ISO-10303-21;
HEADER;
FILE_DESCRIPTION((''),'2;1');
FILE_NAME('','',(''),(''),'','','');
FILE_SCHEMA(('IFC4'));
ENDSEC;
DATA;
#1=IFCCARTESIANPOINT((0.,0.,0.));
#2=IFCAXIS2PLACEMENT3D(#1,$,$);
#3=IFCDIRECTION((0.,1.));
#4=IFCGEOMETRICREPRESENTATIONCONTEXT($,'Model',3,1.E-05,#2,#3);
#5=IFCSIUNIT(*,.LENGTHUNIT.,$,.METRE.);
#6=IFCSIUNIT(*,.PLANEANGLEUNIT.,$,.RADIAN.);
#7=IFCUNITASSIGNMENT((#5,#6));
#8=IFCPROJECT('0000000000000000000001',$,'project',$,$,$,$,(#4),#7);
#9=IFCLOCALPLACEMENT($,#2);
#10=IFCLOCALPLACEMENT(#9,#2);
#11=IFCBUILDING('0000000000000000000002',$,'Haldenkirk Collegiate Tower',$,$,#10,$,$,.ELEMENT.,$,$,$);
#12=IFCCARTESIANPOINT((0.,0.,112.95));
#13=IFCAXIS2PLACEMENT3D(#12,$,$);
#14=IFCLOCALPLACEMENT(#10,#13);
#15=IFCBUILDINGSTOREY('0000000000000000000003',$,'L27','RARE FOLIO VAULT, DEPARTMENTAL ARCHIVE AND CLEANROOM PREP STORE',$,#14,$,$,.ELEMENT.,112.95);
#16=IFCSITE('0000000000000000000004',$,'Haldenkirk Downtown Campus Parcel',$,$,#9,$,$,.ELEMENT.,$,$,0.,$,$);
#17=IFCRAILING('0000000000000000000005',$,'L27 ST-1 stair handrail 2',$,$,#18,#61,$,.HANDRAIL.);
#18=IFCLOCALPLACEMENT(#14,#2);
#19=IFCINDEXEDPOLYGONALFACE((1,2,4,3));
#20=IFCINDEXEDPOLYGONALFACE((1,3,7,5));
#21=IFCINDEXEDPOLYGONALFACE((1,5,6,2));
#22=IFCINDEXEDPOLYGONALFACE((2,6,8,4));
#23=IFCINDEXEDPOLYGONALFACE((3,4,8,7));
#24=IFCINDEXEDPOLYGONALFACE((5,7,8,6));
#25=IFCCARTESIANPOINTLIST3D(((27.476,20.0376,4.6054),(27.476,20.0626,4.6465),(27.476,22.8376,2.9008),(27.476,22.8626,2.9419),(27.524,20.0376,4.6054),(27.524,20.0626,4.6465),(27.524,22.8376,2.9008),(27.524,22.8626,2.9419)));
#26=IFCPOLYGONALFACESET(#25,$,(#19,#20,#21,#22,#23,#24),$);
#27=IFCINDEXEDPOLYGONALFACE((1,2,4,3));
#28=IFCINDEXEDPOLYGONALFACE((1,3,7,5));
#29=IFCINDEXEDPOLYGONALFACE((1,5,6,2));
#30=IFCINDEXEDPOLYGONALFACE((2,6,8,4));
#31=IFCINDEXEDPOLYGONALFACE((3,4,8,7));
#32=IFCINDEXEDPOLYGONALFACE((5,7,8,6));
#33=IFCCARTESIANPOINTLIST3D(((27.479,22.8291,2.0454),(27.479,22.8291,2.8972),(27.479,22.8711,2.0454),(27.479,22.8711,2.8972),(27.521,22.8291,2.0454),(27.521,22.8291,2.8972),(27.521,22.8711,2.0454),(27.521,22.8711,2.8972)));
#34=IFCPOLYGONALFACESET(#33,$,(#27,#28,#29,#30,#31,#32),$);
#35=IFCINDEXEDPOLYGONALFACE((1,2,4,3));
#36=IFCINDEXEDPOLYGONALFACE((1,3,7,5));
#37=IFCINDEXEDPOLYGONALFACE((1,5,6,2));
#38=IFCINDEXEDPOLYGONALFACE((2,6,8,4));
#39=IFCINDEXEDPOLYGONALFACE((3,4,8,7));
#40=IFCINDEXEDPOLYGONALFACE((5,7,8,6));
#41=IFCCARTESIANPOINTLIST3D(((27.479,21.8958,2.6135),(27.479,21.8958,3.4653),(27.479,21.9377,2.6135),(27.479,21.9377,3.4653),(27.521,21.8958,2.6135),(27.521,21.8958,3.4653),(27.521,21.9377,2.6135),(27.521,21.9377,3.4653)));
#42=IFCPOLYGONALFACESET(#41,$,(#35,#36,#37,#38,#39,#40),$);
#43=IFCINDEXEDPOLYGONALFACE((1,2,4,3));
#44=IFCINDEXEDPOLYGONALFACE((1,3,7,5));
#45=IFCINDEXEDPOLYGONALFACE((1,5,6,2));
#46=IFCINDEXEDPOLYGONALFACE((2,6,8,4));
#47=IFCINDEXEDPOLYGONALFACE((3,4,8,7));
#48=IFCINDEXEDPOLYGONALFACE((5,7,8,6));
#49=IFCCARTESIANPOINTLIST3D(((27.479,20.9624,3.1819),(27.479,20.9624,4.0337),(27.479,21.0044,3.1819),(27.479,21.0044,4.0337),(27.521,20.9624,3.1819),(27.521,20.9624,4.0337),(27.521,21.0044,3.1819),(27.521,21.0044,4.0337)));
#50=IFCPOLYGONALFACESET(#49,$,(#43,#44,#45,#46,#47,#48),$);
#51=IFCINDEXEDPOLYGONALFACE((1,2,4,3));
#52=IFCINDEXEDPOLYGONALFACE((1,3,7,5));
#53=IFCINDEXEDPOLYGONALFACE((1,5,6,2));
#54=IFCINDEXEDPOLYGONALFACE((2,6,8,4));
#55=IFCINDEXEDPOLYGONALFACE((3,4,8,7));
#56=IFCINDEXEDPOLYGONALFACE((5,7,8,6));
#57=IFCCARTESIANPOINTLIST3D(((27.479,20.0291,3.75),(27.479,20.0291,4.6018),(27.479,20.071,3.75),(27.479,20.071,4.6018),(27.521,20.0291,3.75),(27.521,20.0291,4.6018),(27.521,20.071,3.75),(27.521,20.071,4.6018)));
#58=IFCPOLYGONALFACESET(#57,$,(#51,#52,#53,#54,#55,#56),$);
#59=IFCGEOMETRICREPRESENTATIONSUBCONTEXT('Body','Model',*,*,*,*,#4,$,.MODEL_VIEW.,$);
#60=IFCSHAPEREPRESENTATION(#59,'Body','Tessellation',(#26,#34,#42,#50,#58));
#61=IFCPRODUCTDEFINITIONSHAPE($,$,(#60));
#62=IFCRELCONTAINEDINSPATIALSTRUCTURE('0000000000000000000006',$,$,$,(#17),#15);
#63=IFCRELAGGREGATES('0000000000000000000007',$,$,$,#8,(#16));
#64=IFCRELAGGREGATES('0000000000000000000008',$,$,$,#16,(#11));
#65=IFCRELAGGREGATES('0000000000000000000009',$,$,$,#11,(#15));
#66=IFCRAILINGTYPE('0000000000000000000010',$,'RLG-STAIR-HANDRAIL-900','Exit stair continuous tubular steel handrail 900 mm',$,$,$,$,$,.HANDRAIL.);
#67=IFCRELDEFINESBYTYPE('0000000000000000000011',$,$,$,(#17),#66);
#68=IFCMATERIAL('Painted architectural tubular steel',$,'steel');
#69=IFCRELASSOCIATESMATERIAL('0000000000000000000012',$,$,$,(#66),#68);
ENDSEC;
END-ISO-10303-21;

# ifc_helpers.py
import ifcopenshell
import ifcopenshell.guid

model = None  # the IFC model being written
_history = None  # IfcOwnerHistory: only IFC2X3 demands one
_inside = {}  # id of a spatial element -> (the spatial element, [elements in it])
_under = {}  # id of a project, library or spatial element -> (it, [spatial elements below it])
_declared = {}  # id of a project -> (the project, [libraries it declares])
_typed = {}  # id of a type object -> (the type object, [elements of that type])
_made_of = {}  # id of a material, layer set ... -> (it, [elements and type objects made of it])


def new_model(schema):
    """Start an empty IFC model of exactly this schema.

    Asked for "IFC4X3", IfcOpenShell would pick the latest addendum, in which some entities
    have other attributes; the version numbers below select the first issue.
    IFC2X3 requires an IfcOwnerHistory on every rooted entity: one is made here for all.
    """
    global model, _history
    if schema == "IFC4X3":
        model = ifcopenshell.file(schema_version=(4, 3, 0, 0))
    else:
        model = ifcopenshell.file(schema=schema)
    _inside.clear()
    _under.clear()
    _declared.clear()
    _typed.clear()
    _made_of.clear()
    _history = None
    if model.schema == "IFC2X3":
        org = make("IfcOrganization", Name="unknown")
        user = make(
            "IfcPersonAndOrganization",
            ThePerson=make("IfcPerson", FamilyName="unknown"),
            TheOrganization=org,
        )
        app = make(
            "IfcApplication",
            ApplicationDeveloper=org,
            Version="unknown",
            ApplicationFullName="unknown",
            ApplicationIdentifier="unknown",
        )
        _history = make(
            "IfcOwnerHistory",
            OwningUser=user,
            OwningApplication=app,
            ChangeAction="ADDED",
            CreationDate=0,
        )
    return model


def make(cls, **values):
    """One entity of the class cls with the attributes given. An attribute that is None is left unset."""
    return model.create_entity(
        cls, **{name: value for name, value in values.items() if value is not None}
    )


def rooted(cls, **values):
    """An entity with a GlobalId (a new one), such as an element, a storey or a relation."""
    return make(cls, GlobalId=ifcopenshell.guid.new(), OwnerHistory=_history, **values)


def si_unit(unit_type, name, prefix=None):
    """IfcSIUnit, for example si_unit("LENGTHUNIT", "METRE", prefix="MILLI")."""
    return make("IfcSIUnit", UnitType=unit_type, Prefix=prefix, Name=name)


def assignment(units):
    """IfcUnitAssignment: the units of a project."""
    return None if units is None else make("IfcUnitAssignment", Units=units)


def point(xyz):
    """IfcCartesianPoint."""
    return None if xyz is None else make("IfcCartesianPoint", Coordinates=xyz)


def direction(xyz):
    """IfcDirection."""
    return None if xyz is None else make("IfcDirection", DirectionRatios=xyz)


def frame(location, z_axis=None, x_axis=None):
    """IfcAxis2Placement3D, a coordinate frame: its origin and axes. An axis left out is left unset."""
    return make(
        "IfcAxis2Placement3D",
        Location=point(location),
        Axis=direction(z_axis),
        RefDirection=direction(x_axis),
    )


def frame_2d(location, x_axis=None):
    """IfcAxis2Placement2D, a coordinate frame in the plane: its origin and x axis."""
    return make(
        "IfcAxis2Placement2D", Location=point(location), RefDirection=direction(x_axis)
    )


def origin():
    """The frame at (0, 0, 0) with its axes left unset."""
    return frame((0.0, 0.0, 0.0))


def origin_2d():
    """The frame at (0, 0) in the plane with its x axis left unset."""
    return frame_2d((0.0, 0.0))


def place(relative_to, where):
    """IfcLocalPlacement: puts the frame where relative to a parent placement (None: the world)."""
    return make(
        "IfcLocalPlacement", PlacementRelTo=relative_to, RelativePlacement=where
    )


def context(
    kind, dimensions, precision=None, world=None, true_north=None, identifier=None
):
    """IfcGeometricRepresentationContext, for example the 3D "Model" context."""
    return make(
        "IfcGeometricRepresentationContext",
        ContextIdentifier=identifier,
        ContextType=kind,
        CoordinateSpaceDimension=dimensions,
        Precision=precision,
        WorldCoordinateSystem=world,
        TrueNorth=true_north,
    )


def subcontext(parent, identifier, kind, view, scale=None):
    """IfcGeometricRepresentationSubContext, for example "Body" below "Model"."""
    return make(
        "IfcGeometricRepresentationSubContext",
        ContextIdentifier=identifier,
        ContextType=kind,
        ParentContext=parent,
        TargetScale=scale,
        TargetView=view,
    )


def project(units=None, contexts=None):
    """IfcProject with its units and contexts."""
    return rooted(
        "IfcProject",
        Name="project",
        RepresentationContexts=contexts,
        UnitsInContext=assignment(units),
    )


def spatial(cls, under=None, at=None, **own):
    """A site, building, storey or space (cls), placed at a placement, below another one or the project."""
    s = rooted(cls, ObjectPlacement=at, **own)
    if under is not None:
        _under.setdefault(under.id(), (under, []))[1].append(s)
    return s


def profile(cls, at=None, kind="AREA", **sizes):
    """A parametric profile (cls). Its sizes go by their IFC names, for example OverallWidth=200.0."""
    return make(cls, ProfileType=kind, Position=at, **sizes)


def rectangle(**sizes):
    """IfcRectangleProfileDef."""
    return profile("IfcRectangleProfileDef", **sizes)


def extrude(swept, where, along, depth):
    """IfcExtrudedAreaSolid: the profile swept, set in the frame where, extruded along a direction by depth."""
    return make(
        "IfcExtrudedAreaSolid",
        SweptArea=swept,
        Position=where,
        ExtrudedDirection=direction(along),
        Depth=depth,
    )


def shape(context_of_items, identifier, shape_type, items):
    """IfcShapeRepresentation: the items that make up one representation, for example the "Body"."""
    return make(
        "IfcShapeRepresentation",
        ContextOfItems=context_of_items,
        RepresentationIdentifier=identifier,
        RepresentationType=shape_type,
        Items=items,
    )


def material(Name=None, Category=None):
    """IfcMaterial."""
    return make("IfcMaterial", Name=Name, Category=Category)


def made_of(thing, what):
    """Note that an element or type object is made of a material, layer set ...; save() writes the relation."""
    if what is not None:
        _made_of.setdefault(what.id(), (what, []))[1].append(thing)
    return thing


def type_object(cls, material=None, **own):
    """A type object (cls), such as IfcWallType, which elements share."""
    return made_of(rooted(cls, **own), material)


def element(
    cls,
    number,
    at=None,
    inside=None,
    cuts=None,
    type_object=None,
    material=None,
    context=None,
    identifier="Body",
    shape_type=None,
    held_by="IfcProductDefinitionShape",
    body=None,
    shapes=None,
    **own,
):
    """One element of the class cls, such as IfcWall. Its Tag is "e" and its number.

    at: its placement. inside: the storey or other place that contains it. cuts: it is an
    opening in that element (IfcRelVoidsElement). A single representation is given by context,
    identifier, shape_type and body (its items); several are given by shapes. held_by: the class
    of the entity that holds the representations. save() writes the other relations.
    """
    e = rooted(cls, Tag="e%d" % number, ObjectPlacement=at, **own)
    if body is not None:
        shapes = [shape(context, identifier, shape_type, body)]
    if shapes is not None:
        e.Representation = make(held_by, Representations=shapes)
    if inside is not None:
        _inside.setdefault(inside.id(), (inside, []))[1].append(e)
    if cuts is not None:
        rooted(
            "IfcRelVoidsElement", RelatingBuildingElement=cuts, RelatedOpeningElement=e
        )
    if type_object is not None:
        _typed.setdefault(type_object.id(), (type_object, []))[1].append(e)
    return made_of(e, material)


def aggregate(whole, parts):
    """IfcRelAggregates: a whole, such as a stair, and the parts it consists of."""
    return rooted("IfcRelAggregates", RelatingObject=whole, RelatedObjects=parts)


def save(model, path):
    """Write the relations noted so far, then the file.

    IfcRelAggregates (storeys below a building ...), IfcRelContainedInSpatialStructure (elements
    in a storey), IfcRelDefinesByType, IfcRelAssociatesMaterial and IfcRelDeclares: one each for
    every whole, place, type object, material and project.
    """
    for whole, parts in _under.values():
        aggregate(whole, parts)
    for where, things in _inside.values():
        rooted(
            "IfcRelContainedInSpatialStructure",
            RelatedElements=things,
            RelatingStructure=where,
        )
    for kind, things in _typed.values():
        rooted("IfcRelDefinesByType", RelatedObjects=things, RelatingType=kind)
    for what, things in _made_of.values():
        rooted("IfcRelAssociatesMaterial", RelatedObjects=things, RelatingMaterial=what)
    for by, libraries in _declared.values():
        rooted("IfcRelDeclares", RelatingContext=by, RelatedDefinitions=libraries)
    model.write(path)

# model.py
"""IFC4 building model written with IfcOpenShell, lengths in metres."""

from ifc_helpers import new_model, si_unit, direction, frame, origin, origin_2d, place, context, subcontext, project, spatial, rectangle, extrude, material, type_object, element, save


model = new_model("IFC4")

# Units and contexts
model_context = context("Model", 3, precision=1e-05, world=origin(), true_north=direction((0.0, 1.0)))
body_context = subcontext(model_context, "Body", "Model", "MODEL_VIEW")
ifc_project = project(units=[si_unit("LENGTHUNIT", "METRE"), si_unit("PLANEANGLEUNIT", "RADIAN")], contexts=[model_context])

# Site, building, storey
site_placement = place(None, origin())
site = spatial("IfcSite", under=ifc_project, at=site_placement, Name="Haldenkirk Downtown Campus Parcel", CompositionType="ELEMENT", RefElevation=0.0)
building_placement = place(site_placement, origin())
building = spatial("IfcBuilding", under=site, at=building_placement, Name="Haldenkirk Collegiate Tower", CompositionType="ELEMENT")
storey_placement = place(building_placement, frame((0.0, 0.0, 112.95)))
storey = spatial("IfcBuildingStorey", under=building, at=storey_placement, Name="L27", Description="RARE FOLIO VAULT, DEPARTMENTAL ARCHIVE AND CLEANROOM PREP STORE", CompositionType="ELEMENT", Elevation=112.95)

# Railing
ifc_material_1 = material(Name="Painted architectural tubular steel", Category="steel")
railing_type_1 = type_object("IfcRailingType", Name="RLG-STAIR-HANDRAIL-900", Description="Exit stair continuous tubular steel handrail 900 mm", PredefinedType="HANDRAIL", material=ifc_material_1)
railing_1_placement = place(storey_placement, frame((27.5, 22.8501, 2.0454)))
element("IfcRailing", 1, at=railing_1_placement, inside=storey, type_object=railing_type_1, Name="L27 ST-1 stair handrail 2", PredefinedType="HANDRAIL", context=body_context, shape_type="SweptSolid", body=[
    extrude(rectangle(XDim=0.0481, YDim=0.0481, at=origin_2d()), frame((0.0, 0.0, 0.876), z_axis=(0.0, -0.85417, 0.519994), x_axis=(1.0, 0.0, 0.0)), (0.0, 0.0, 1.0), 3.2781),
    extrude(rectangle(XDim=0.042, YDim=0.042, at=origin_2d()), origin(), (0.0, 0.0, 1.0), 0.8518),
    extrude(rectangle(XDim=0.042, YDim=0.042, at=origin_2d()), frame((0.0, -0.9333, 0.5681)), (0.0, 0.0, 1.0), 0.8518),
    extrude(rectangle(XDim=0.042, YDim=0.042, at=origin_2d()), frame((0.0, -1.8667, 1.1365)), (0.0, 0.0, 1.0), 0.8518),
    extrude(rectangle(XDim=0.042, YDim=0.042, at=origin_2d()), frame((0.0, -2.8, 1.7046)), (0.0, 0.0, 1.0), 0.8518),
])

save(model, "model.ifc")
